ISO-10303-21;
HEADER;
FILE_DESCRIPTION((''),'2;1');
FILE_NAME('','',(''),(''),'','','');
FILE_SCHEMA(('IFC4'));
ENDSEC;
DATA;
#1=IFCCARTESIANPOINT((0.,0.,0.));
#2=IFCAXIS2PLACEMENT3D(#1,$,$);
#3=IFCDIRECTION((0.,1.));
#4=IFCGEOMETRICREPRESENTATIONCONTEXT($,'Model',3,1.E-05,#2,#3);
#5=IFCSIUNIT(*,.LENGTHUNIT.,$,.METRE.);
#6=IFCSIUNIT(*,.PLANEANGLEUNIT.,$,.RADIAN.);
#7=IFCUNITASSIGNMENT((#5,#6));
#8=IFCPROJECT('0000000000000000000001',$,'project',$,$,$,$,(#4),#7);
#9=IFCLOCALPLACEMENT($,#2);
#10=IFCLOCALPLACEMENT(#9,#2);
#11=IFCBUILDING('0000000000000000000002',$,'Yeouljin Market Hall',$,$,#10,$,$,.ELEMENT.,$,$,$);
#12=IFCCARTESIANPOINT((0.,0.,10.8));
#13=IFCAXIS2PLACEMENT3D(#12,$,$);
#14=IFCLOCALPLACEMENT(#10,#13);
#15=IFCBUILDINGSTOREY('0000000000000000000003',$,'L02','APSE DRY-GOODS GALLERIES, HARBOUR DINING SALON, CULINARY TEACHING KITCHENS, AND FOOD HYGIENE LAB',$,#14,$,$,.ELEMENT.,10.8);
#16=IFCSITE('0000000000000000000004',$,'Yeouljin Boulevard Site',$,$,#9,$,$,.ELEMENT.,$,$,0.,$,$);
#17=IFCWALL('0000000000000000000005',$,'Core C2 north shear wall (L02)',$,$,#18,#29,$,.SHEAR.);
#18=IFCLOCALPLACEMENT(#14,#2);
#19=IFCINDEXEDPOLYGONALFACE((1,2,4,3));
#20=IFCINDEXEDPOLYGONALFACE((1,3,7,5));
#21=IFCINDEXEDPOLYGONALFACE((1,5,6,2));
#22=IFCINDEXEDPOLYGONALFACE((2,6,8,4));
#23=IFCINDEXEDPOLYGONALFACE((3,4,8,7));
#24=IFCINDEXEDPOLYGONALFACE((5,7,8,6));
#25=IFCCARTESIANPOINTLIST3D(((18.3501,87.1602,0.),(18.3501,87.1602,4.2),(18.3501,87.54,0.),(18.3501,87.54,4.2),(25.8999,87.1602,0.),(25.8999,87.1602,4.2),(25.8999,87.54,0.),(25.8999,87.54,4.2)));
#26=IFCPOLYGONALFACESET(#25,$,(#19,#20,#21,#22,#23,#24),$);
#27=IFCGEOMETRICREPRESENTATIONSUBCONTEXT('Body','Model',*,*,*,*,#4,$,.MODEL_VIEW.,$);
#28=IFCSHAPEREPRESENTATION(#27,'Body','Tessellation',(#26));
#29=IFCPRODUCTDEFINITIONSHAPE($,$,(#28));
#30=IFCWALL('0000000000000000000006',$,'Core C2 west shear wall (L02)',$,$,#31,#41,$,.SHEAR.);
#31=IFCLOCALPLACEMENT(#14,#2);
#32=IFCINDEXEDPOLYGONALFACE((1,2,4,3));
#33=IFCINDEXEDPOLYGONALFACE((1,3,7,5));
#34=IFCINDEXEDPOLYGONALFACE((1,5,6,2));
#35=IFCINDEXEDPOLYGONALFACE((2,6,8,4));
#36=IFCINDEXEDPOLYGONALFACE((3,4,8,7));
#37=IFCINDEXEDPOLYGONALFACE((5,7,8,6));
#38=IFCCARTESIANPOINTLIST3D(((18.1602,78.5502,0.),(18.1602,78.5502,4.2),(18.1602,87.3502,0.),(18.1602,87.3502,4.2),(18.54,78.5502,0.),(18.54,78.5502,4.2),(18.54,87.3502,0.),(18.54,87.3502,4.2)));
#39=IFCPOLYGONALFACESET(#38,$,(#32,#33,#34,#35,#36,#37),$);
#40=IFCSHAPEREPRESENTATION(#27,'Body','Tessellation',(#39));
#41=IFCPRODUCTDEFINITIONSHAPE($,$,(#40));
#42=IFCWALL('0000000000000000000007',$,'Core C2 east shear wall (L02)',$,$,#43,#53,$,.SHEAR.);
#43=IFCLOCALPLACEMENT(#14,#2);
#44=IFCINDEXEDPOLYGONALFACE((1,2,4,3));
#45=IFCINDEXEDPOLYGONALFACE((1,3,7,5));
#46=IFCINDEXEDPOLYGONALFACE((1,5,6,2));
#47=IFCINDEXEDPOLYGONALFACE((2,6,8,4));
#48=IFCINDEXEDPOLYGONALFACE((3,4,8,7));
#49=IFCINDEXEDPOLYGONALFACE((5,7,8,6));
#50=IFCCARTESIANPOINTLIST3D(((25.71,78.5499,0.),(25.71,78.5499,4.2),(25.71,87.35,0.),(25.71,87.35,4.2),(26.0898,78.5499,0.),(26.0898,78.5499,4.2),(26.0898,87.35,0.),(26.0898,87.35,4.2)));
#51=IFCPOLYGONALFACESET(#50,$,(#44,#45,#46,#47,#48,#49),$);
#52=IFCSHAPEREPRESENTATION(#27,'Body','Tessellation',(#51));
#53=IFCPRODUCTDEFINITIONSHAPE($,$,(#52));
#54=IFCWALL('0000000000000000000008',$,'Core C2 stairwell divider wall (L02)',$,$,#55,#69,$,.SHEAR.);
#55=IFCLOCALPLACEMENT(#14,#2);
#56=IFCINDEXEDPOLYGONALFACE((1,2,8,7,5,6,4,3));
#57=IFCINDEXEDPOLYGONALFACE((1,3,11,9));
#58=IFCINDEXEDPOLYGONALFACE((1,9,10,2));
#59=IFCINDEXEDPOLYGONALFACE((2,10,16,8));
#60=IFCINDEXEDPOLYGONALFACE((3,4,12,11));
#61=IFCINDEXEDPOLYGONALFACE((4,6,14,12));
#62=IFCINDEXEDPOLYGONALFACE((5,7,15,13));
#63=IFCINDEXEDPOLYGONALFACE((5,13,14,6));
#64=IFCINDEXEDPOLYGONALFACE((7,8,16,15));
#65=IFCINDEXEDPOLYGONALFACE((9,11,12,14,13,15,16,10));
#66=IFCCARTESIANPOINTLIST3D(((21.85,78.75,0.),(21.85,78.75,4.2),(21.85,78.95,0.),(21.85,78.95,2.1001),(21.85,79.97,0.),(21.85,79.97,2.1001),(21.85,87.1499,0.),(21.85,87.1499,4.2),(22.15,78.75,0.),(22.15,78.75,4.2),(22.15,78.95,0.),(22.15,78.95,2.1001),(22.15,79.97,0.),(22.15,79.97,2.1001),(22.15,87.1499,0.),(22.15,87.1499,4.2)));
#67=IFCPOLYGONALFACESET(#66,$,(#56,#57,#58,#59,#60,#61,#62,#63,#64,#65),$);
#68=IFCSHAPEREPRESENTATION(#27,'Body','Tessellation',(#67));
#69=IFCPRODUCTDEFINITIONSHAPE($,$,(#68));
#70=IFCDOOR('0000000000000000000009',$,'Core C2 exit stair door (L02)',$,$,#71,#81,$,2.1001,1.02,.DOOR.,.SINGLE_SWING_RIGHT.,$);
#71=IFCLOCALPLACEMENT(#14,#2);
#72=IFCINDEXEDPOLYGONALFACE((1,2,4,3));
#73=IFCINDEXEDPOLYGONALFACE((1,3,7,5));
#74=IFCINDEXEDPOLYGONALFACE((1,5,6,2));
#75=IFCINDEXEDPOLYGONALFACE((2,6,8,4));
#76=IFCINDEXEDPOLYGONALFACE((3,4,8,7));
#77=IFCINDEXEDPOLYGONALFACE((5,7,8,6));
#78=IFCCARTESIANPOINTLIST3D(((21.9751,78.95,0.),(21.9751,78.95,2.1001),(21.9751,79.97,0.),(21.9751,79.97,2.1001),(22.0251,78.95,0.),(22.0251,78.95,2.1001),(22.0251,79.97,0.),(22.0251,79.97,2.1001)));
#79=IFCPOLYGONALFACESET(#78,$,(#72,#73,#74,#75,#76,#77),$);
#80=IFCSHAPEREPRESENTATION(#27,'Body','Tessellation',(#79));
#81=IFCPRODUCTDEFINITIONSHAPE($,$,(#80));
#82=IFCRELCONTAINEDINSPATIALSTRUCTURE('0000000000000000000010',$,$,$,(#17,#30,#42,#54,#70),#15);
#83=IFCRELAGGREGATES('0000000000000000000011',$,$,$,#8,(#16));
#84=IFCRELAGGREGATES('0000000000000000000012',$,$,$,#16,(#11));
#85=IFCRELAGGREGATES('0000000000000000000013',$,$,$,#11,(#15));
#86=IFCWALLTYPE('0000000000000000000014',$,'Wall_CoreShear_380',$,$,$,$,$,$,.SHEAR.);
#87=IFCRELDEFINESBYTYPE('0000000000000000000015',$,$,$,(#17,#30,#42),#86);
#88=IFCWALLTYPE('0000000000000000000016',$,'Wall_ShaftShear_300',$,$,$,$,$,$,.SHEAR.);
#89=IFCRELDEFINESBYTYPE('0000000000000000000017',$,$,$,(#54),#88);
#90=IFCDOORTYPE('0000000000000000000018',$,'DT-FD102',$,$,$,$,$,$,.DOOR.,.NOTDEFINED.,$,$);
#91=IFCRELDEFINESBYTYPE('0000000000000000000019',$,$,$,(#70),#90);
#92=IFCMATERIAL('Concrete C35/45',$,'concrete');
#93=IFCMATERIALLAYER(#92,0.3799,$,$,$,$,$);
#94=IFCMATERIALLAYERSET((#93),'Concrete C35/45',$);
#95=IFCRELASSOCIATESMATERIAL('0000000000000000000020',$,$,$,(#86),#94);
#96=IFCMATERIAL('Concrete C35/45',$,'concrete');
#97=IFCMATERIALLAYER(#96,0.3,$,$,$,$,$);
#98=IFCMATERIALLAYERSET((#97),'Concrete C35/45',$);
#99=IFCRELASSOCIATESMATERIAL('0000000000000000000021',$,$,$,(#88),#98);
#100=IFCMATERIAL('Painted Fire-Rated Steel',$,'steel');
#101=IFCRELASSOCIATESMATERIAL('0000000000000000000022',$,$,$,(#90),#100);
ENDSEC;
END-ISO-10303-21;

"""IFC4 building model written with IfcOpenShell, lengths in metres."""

from ifc_helpers import new_model, si_unit, direction, frame, frame_2d, origin, place, context, subcontext, project, spatial, rectangle, extrude, material, layer, layer_set, type_object, element, fill, save


model = new_model("IFC4")

# Units and contexts
model_context = context("Model", 3, precision=1e-05, world=origin(), true_north=direction((0.0, 1.0)))
body_context = subcontext(model_context, "Body", "Model", "MODEL_VIEW")
ifc_project = project(units=[si_unit("LENGTHUNIT", "METRE"), si_unit("PLANEANGLEUNIT", "RADIAN")], contexts=[model_context])

# Site, building, storey
site_placement = place(None, origin())
site = spatial("IfcSite", under=ifc_project, at=site_placement, Name="Yeouljin Boulevard Site", CompositionType="ELEMENT", RefElevation=0.0)
building_placement = place(site_placement, origin())
building = spatial("IfcBuilding", under=site, at=building_placement, Name="Yeouljin Market Hall", CompositionType="ELEMENT")
storey_placement = place(building_placement, frame((0.0, 0.0, 10.8)))
storey = spatial("IfcBuildingStorey", under=building, at=storey_placement, Name="L02", Description="APSE DRY-GOODS GALLERIES, HARBOUR DINING SALON, CULINARY TEACHING KITCHENS, AND FOOD HYGIENE LAB", CompositionType="ELEMENT", Elevation=10.8)

# Shared definitions
ifc_material_1 = material(Name="Concrete C35/45", Category="concrete")
ifc_layer_1 = layer(ifc_material_1, 0.3799)
ifc_layer_set_1 = layer_set([ifc_layer_1], Name="Concrete C35/45")
wall_type_1 = type_object("IfcWallType", Name="Wall_CoreShear_380", PredefinedType="SHEAR", material=ifc_layer_set_1)

# Walls
wall_1_placement = place(storey_placement, frame((25.8999, 87.3501, 0.0), z_axis=(0.0, 0.0, 1.0), x_axis=(-1.0, 0.0, 0.0)))
element("IfcWall", 1, at=wall_1_placement, inside=storey, type_object=wall_type_1, Name="Core C2 north shear wall (L02)", PredefinedType="SHEAR", context=body_context, shape_type="SweptSolid", body=[
    extrude(rectangle(XDim=7.5498, YDim=0.3799, at=frame_2d((3.7749, 0.0))), origin(), (0.0, 0.0, 1.0), 4.2),
])
for number, where, z_axis, x_axis, name in (
    (2, (18.3501, 87.3501, 0.0), (0.0, 0.0, 1.0), (0.0, -1.0, 0.0), "Core C2 west shear wall (L02)"),
    (3, (25.8999, 78.55, 0.0), (0.0, 0.0, 1.0), (0.0, 1.0, 0.0), "Core C2 east shear wall (L02)"),
):
    element("IfcWall", number, at=place(storey_placement, frame(where, z_axis=z_axis, x_axis=x_axis)), inside=storey, type_object=wall_type_1, Name=name, PredefinedType="SHEAR", context=body_context, shape_type="SweptSolid", body=[
        extrude(rectangle(XDim=8.8, YDim=0.3799, at=frame_2d((4.3999, 0.0))), origin(), (0.0, 0.0, 1.0), 4.2),
    ])

# Wall, opening, door
ifc_material_2 = material(Name="Concrete C35/45", Category="concrete")
ifc_layer_2 = layer(ifc_material_2, 0.3)
ifc_layer_set_2 = layer_set([ifc_layer_2], Name="Concrete C35/45")
wall_type_2 = type_object("IfcWallType", Name="Wall_ShaftShear_300", PredefinedType="SHEAR", material=ifc_layer_set_2)
wall_2_placement = place(storey_placement, frame((22.0, 78.75, 0.0), z_axis=(0.0, 0.0, 1.0), x_axis=(0.0, 1.0, 0.0)))
wall_2 = element("IfcWall", 4, at=wall_2_placement, inside=storey, type_object=wall_type_2, Name="Core C2 stairwell divider wall (L02)", PredefinedType="SHEAR", context=body_context, shape_type="SweptSolid", body=[
    extrude(rectangle(XDim=8.3999, YDim=0.3, at=frame_2d((4.2, 0.0))), origin(), (0.0, 0.0, 1.0), 4.2),
])
opening_1_placement = place(wall_2_placement, frame((0.2, 0.0, 0.0)))
opening_1 = element("IfcOpeningElement", 5, at=opening_1_placement, cuts=wall_2, PredefinedType="OPENING", context=body_context, shape_type="SweptSolid", body=[
    extrude(rectangle(XDim=1.02, YDim=2.1001, at=frame_2d((0.51, 1.05))), frame((0.0, 0.1599, 0.0), z_axis=(0.0, -1.0, 0.0), x_axis=(1.0, 0.0, 0.0)), (0.0, 0.0, 1.0), 0.3201),
])
ifc_material_3 = material(Name="Painted Fire-Rated Steel", Category="steel")
door_type_1 = type_object("IfcDoorType", Name="DT-FD102", OperationType="NOTDEFINED", PredefinedType="DOOR", material=ifc_material_3)
door_1_placement = place(opening_1_placement, origin())
door_1 = element("IfcDoor", 6, at=door_1_placement, inside=storey, type_object=door_type_1, Name="Core C2 exit stair door (L02)", OperationType="SINGLE_SWING_RIGHT", OverallHeight=2.1001, OverallWidth=1.02, PredefinedType="DOOR", context=body_context, shape_type="SweptSolid", body=[
    extrude(rectangle(XDim=1.02, YDim=2.1001, at=frame_2d((0.51, 1.05))), frame((0.0, 0.0249, 0.0), z_axis=(0.0, -1.0, 0.0), x_axis=(1.0, 0.0, 0.0)), (0.0, 0.0, 1.0), 0.05),
])
fill(opening_1, door_1)

save(model, "model.ifc")
